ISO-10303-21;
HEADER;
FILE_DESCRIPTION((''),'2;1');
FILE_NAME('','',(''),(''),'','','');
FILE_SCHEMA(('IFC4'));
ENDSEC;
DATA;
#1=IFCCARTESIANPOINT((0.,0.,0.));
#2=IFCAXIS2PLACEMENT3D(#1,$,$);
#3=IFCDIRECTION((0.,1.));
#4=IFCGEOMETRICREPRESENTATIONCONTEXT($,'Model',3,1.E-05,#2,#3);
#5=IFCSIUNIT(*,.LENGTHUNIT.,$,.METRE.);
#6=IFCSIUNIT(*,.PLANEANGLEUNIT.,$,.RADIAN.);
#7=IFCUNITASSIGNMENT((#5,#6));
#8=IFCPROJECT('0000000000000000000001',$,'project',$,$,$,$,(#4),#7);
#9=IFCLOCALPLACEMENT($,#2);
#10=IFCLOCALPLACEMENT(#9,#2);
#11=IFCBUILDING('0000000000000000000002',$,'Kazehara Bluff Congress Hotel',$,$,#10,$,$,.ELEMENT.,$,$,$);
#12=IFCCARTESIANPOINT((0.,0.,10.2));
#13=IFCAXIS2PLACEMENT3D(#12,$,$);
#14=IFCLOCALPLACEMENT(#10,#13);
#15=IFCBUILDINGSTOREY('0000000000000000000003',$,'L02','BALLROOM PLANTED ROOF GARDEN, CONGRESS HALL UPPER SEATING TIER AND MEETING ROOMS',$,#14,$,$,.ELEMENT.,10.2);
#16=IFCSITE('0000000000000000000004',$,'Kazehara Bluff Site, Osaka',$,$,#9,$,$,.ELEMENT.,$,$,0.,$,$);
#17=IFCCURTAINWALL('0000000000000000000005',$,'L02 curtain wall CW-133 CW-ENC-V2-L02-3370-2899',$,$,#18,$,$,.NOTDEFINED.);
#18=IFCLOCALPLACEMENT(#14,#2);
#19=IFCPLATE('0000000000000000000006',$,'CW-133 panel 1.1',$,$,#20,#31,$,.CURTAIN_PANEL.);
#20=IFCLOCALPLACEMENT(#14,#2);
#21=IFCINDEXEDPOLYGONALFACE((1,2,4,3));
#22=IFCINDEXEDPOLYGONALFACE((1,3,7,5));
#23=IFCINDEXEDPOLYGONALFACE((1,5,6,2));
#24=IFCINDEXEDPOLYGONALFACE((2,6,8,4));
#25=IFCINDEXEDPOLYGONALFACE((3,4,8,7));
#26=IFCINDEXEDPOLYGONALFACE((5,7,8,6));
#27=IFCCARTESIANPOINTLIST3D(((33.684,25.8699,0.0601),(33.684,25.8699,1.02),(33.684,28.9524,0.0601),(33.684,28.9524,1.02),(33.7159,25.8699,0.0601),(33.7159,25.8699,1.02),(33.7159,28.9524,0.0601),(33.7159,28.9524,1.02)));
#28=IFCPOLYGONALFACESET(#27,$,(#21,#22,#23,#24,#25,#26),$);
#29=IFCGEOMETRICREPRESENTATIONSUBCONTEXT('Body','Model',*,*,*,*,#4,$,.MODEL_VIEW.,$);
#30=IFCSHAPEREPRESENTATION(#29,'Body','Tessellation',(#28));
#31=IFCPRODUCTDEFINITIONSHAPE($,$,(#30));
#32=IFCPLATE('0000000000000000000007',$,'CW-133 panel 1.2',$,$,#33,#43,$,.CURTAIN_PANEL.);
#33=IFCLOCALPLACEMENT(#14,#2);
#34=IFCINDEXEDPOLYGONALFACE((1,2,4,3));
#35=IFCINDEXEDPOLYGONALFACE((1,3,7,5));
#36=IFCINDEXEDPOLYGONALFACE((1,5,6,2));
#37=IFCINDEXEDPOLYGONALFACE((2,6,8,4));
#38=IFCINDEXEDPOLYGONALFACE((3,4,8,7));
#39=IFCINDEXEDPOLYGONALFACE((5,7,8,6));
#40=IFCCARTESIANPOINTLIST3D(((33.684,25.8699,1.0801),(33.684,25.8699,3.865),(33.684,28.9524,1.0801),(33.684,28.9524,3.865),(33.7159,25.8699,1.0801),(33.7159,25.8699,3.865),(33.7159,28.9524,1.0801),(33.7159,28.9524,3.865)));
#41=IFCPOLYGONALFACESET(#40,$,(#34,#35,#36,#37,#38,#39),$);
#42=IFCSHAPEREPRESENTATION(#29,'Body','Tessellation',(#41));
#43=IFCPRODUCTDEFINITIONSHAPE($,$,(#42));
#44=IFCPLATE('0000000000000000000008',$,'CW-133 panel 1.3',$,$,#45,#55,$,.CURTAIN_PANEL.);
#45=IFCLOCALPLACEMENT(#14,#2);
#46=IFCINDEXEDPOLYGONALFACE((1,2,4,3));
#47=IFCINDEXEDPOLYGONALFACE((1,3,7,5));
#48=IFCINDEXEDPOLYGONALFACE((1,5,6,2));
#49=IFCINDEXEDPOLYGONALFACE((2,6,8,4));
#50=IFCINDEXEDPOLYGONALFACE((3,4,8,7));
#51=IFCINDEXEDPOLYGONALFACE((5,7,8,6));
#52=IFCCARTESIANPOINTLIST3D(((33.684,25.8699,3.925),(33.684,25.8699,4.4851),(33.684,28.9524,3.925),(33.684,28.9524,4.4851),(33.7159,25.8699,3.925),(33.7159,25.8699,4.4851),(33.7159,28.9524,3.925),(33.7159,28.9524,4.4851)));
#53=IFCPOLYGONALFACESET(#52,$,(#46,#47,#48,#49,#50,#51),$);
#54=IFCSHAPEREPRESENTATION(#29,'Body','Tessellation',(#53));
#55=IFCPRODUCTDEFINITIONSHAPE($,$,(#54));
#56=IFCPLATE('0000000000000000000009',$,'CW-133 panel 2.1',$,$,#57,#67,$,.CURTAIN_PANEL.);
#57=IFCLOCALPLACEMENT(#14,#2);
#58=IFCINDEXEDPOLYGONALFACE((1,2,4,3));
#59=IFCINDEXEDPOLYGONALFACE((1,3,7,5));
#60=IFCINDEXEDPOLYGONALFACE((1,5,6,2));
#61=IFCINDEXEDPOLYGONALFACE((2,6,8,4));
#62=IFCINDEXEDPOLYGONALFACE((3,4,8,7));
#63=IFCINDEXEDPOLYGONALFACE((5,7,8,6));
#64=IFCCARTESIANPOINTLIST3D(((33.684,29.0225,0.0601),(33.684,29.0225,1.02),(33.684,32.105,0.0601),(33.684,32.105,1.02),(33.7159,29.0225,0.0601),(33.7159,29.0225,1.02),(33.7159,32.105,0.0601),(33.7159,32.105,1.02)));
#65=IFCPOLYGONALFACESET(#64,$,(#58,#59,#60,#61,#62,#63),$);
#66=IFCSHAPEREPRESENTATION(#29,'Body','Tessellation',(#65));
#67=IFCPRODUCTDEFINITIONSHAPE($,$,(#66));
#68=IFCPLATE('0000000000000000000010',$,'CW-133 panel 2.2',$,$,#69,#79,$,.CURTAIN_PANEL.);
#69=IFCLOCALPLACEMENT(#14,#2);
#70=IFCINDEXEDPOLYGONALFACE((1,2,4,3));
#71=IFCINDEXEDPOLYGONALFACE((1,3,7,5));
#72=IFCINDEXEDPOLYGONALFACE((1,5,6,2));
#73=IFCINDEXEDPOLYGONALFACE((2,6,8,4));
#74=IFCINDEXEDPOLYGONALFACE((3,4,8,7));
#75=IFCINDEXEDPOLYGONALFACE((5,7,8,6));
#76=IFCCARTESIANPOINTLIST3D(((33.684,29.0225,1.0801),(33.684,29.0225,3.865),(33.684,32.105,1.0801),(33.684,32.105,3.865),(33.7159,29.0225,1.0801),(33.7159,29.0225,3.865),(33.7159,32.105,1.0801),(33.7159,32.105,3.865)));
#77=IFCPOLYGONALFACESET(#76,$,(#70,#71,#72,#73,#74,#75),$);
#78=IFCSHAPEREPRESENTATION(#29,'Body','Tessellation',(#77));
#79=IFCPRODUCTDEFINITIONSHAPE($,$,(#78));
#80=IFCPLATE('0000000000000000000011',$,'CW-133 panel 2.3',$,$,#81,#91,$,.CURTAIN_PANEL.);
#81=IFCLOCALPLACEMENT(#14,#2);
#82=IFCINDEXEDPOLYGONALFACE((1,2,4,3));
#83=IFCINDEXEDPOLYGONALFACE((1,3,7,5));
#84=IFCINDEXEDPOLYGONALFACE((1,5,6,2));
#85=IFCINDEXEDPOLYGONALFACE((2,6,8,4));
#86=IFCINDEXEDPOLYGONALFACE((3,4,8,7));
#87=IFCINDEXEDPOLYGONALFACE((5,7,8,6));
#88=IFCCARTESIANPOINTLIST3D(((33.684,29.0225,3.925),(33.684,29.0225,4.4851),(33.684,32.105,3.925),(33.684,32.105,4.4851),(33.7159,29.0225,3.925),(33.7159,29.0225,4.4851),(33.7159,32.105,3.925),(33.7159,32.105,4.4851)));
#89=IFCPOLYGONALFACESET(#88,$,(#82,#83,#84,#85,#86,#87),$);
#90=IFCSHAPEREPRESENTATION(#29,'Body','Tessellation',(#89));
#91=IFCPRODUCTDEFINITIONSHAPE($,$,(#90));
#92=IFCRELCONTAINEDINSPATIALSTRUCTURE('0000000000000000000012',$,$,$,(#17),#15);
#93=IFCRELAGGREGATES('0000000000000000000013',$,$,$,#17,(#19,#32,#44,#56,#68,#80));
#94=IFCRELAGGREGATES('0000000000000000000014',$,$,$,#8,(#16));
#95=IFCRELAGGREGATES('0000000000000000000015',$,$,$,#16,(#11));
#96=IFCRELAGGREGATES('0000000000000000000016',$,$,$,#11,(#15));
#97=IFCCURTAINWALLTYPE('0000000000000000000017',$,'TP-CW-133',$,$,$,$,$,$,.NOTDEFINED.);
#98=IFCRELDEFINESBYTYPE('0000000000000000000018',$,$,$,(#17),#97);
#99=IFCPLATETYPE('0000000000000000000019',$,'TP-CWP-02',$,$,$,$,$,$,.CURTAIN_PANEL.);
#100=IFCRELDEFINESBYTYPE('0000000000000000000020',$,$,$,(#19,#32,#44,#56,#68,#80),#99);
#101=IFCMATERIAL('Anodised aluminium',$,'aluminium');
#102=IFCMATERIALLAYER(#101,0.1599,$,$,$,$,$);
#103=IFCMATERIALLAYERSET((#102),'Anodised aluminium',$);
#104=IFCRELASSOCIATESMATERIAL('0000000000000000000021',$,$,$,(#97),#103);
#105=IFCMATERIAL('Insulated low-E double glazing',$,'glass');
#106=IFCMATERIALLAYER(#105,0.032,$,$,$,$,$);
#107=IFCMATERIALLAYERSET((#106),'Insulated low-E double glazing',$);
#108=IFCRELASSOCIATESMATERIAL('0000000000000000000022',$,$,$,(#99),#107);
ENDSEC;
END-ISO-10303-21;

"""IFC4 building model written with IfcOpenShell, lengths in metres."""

from ifc_helpers import new_model, si_unit, direction, frame, origin, origin_2d, place, context, subcontext, project, spatial, rectangle, extrude, material, layer, layer_set, type_object, element, aggregate, save


model = new_model("IFC4")

# Units and contexts
model_context = context("Model", 3, precision=1e-05, world=origin(), true_north=direction((0.0, 1.0)))
body_context = subcontext(model_context, "Body", "Model", "MODEL_VIEW")
ifc_project = project(units=[si_unit("LENGTHUNIT", "METRE"), si_unit("PLANEANGLEUNIT", "RADIAN")], contexts=[model_context])

# Site, building, storey
site_placement = place(None, origin())
site = spatial("IfcSite", under=ifc_project, at=site_placement, Name="Kazehara Bluff Site, Osaka", CompositionType="ELEMENT", RefElevation=0.0)
building_placement = place(site_placement, origin())
building = spatial("IfcBuilding", under=site, at=building_placement, Name="Kazehara Bluff Congress Hotel", CompositionType="ELEMENT")
storey_placement = place(building_placement, frame((0.0, 0.0, 10.2)))
storey = spatial("IfcBuildingStorey", under=building, at=storey_placement, Name="L02", Description="BALLROOM PLANTED ROOF GARDEN, CONGRESS HALL UPPER SEATING TIER AND MEETING ROOMS", CompositionType="ELEMENT", Elevation=10.2)

# Curtain wall
ifc_material_1 = material(Name="Anodised aluminium", Category="aluminium")
ifc_layer_1 = layer(ifc_material_1, 0.1599)
ifc_layer_set_1 = layer_set([ifc_layer_1], Name="Anodised aluminium")
curtain_wall_type_1 = type_object("IfcCurtainWallType", Name="TP-CW-133", PredefinedType="NOTDEFINED", material=ifc_layer_set_1)
curtain_wall_1_placement = place(storey_placement, origin())
curtain_wall_1 = element("IfcCurtainWall", 1, at=curtain_wall_1_placement, inside=storey, type_object=curtain_wall_type_1, Name="L02 curtain wall CW-133 CW-ENC-V2-L02-3370-2899", PredefinedType="NOTDEFINED")

# Plates
ifc_material_2 = material(Name="Insulated low-E double glazing", Category="glass")
ifc_layer_2 = layer(ifc_material_2, 0.032)
ifc_layer_set_2 = layer_set([ifc_layer_2], Name="Insulated low-E double glazing")
plate_type = type_object("IfcPlateType", Name="TP-CWP-02", PredefinedType="CURTAIN_PANEL", material=ifc_layer_set_2)
plate_1_placement = place(storey_placement, frame((33.7, 27.4111, 0.0601), z_axis=(0.0, 0.0, 1.0), x_axis=(0.0, 1.0, 0.0)))
plate_1 = element("IfcPlate", 2, at=plate_1_placement, type_object=plate_type, Name="CW-133 panel 1.1", PredefinedType="CURTAIN_PANEL", context=body_context, shape_type="SweptSolid", body=[
    extrude(rectangle(XDim=3.0825, YDim=0.032, at=origin_2d()), origin(), (0.0, 0.0, 1.0), 0.96),
])
plate_2_placement = place(storey_placement, frame((33.7, 27.4111, 1.0801), z_axis=(0.0, 0.0, 1.0), x_axis=(0.0, 1.0, 0.0)))
plate_2 = element("IfcPlate", 3, at=plate_2_placement, type_object=plate_type, Name="CW-133 panel 1.2", PredefinedType="CURTAIN_PANEL", context=body_context, shape_type="SweptSolid", body=[
    extrude(rectangle(XDim=3.0825, YDim=0.032, at=origin_2d()), origin(), (0.0, 0.0, 1.0), 2.7849),
])
plate_3_placement = place(storey_placement, frame((33.7, 27.4111, 3.925), z_axis=(0.0, 0.0, 1.0), x_axis=(0.0, 1.0, 0.0)))
plate_3 = element("IfcPlate", 4, at=plate_3_placement, type_object=plate_type, Name="CW-133 panel 1.3", PredefinedType="CURTAIN_PANEL", context=body_context, shape_type="SweptSolid", body=[
    extrude(rectangle(XDim=3.0825, YDim=0.032, at=origin_2d()), origin(), (0.0, 0.0, 1.0), 0.5601),
])
plate_4_placement = place(storey_placement, frame((33.7, 30.5637, 0.0601), z_axis=(0.0, 0.0, 1.0), x_axis=(0.0, 1.0, 0.0)))
plate_4 = element("IfcPlate", 5, at=plate_4_placement, type_object=plate_type, Name="CW-133 panel 2.1", PredefinedType="CURTAIN_PANEL", context=body_context, shape_type="SweptSolid", body=[
    extrude(rectangle(XDim=3.0825, YDim=0.032, at=origin_2d()), origin(), (0.0, 0.0, 1.0), 0.96),
])
plate_5_placement = place(storey_placement, frame((33.7, 30.5637, 1.0801), z_axis=(0.0, 0.0, 1.0), x_axis=(0.0, 1.0, 0.0)))
plate_5 = element("IfcPlate", 6, at=plate_5_placement, type_object=plate_type, Name="CW-133 panel 2.2", PredefinedType="CURTAIN_PANEL", context=body_context, shape_type="SweptSolid", body=[
    extrude(rectangle(XDim=3.0825, YDim=0.032, at=origin_2d()), origin(), (0.0, 0.0, 1.0), 2.7849),
])
plate_6_placement = place(storey_placement, frame((33.7, 30.5637, 3.925), z_axis=(0.0, 0.0, 1.0), x_axis=(0.0, 1.0, 0.0)))
plate_6 = element("IfcPlate", 7, at=plate_6_placement, type_object=plate_type, Name="CW-133 panel 2.3", PredefinedType="CURTAIN_PANEL", context=body_context, shape_type="SweptSolid", body=[
    extrude(rectangle(XDim=3.0825, YDim=0.032, at=origin_2d()), origin(), (0.0, 0.0, 1.0), 0.5601),
])
aggregate(curtain_wall_1, [plate_1, plate_2, plate_3, plate_4, plate_5, plate_6])

save(model, "model.ifc")
